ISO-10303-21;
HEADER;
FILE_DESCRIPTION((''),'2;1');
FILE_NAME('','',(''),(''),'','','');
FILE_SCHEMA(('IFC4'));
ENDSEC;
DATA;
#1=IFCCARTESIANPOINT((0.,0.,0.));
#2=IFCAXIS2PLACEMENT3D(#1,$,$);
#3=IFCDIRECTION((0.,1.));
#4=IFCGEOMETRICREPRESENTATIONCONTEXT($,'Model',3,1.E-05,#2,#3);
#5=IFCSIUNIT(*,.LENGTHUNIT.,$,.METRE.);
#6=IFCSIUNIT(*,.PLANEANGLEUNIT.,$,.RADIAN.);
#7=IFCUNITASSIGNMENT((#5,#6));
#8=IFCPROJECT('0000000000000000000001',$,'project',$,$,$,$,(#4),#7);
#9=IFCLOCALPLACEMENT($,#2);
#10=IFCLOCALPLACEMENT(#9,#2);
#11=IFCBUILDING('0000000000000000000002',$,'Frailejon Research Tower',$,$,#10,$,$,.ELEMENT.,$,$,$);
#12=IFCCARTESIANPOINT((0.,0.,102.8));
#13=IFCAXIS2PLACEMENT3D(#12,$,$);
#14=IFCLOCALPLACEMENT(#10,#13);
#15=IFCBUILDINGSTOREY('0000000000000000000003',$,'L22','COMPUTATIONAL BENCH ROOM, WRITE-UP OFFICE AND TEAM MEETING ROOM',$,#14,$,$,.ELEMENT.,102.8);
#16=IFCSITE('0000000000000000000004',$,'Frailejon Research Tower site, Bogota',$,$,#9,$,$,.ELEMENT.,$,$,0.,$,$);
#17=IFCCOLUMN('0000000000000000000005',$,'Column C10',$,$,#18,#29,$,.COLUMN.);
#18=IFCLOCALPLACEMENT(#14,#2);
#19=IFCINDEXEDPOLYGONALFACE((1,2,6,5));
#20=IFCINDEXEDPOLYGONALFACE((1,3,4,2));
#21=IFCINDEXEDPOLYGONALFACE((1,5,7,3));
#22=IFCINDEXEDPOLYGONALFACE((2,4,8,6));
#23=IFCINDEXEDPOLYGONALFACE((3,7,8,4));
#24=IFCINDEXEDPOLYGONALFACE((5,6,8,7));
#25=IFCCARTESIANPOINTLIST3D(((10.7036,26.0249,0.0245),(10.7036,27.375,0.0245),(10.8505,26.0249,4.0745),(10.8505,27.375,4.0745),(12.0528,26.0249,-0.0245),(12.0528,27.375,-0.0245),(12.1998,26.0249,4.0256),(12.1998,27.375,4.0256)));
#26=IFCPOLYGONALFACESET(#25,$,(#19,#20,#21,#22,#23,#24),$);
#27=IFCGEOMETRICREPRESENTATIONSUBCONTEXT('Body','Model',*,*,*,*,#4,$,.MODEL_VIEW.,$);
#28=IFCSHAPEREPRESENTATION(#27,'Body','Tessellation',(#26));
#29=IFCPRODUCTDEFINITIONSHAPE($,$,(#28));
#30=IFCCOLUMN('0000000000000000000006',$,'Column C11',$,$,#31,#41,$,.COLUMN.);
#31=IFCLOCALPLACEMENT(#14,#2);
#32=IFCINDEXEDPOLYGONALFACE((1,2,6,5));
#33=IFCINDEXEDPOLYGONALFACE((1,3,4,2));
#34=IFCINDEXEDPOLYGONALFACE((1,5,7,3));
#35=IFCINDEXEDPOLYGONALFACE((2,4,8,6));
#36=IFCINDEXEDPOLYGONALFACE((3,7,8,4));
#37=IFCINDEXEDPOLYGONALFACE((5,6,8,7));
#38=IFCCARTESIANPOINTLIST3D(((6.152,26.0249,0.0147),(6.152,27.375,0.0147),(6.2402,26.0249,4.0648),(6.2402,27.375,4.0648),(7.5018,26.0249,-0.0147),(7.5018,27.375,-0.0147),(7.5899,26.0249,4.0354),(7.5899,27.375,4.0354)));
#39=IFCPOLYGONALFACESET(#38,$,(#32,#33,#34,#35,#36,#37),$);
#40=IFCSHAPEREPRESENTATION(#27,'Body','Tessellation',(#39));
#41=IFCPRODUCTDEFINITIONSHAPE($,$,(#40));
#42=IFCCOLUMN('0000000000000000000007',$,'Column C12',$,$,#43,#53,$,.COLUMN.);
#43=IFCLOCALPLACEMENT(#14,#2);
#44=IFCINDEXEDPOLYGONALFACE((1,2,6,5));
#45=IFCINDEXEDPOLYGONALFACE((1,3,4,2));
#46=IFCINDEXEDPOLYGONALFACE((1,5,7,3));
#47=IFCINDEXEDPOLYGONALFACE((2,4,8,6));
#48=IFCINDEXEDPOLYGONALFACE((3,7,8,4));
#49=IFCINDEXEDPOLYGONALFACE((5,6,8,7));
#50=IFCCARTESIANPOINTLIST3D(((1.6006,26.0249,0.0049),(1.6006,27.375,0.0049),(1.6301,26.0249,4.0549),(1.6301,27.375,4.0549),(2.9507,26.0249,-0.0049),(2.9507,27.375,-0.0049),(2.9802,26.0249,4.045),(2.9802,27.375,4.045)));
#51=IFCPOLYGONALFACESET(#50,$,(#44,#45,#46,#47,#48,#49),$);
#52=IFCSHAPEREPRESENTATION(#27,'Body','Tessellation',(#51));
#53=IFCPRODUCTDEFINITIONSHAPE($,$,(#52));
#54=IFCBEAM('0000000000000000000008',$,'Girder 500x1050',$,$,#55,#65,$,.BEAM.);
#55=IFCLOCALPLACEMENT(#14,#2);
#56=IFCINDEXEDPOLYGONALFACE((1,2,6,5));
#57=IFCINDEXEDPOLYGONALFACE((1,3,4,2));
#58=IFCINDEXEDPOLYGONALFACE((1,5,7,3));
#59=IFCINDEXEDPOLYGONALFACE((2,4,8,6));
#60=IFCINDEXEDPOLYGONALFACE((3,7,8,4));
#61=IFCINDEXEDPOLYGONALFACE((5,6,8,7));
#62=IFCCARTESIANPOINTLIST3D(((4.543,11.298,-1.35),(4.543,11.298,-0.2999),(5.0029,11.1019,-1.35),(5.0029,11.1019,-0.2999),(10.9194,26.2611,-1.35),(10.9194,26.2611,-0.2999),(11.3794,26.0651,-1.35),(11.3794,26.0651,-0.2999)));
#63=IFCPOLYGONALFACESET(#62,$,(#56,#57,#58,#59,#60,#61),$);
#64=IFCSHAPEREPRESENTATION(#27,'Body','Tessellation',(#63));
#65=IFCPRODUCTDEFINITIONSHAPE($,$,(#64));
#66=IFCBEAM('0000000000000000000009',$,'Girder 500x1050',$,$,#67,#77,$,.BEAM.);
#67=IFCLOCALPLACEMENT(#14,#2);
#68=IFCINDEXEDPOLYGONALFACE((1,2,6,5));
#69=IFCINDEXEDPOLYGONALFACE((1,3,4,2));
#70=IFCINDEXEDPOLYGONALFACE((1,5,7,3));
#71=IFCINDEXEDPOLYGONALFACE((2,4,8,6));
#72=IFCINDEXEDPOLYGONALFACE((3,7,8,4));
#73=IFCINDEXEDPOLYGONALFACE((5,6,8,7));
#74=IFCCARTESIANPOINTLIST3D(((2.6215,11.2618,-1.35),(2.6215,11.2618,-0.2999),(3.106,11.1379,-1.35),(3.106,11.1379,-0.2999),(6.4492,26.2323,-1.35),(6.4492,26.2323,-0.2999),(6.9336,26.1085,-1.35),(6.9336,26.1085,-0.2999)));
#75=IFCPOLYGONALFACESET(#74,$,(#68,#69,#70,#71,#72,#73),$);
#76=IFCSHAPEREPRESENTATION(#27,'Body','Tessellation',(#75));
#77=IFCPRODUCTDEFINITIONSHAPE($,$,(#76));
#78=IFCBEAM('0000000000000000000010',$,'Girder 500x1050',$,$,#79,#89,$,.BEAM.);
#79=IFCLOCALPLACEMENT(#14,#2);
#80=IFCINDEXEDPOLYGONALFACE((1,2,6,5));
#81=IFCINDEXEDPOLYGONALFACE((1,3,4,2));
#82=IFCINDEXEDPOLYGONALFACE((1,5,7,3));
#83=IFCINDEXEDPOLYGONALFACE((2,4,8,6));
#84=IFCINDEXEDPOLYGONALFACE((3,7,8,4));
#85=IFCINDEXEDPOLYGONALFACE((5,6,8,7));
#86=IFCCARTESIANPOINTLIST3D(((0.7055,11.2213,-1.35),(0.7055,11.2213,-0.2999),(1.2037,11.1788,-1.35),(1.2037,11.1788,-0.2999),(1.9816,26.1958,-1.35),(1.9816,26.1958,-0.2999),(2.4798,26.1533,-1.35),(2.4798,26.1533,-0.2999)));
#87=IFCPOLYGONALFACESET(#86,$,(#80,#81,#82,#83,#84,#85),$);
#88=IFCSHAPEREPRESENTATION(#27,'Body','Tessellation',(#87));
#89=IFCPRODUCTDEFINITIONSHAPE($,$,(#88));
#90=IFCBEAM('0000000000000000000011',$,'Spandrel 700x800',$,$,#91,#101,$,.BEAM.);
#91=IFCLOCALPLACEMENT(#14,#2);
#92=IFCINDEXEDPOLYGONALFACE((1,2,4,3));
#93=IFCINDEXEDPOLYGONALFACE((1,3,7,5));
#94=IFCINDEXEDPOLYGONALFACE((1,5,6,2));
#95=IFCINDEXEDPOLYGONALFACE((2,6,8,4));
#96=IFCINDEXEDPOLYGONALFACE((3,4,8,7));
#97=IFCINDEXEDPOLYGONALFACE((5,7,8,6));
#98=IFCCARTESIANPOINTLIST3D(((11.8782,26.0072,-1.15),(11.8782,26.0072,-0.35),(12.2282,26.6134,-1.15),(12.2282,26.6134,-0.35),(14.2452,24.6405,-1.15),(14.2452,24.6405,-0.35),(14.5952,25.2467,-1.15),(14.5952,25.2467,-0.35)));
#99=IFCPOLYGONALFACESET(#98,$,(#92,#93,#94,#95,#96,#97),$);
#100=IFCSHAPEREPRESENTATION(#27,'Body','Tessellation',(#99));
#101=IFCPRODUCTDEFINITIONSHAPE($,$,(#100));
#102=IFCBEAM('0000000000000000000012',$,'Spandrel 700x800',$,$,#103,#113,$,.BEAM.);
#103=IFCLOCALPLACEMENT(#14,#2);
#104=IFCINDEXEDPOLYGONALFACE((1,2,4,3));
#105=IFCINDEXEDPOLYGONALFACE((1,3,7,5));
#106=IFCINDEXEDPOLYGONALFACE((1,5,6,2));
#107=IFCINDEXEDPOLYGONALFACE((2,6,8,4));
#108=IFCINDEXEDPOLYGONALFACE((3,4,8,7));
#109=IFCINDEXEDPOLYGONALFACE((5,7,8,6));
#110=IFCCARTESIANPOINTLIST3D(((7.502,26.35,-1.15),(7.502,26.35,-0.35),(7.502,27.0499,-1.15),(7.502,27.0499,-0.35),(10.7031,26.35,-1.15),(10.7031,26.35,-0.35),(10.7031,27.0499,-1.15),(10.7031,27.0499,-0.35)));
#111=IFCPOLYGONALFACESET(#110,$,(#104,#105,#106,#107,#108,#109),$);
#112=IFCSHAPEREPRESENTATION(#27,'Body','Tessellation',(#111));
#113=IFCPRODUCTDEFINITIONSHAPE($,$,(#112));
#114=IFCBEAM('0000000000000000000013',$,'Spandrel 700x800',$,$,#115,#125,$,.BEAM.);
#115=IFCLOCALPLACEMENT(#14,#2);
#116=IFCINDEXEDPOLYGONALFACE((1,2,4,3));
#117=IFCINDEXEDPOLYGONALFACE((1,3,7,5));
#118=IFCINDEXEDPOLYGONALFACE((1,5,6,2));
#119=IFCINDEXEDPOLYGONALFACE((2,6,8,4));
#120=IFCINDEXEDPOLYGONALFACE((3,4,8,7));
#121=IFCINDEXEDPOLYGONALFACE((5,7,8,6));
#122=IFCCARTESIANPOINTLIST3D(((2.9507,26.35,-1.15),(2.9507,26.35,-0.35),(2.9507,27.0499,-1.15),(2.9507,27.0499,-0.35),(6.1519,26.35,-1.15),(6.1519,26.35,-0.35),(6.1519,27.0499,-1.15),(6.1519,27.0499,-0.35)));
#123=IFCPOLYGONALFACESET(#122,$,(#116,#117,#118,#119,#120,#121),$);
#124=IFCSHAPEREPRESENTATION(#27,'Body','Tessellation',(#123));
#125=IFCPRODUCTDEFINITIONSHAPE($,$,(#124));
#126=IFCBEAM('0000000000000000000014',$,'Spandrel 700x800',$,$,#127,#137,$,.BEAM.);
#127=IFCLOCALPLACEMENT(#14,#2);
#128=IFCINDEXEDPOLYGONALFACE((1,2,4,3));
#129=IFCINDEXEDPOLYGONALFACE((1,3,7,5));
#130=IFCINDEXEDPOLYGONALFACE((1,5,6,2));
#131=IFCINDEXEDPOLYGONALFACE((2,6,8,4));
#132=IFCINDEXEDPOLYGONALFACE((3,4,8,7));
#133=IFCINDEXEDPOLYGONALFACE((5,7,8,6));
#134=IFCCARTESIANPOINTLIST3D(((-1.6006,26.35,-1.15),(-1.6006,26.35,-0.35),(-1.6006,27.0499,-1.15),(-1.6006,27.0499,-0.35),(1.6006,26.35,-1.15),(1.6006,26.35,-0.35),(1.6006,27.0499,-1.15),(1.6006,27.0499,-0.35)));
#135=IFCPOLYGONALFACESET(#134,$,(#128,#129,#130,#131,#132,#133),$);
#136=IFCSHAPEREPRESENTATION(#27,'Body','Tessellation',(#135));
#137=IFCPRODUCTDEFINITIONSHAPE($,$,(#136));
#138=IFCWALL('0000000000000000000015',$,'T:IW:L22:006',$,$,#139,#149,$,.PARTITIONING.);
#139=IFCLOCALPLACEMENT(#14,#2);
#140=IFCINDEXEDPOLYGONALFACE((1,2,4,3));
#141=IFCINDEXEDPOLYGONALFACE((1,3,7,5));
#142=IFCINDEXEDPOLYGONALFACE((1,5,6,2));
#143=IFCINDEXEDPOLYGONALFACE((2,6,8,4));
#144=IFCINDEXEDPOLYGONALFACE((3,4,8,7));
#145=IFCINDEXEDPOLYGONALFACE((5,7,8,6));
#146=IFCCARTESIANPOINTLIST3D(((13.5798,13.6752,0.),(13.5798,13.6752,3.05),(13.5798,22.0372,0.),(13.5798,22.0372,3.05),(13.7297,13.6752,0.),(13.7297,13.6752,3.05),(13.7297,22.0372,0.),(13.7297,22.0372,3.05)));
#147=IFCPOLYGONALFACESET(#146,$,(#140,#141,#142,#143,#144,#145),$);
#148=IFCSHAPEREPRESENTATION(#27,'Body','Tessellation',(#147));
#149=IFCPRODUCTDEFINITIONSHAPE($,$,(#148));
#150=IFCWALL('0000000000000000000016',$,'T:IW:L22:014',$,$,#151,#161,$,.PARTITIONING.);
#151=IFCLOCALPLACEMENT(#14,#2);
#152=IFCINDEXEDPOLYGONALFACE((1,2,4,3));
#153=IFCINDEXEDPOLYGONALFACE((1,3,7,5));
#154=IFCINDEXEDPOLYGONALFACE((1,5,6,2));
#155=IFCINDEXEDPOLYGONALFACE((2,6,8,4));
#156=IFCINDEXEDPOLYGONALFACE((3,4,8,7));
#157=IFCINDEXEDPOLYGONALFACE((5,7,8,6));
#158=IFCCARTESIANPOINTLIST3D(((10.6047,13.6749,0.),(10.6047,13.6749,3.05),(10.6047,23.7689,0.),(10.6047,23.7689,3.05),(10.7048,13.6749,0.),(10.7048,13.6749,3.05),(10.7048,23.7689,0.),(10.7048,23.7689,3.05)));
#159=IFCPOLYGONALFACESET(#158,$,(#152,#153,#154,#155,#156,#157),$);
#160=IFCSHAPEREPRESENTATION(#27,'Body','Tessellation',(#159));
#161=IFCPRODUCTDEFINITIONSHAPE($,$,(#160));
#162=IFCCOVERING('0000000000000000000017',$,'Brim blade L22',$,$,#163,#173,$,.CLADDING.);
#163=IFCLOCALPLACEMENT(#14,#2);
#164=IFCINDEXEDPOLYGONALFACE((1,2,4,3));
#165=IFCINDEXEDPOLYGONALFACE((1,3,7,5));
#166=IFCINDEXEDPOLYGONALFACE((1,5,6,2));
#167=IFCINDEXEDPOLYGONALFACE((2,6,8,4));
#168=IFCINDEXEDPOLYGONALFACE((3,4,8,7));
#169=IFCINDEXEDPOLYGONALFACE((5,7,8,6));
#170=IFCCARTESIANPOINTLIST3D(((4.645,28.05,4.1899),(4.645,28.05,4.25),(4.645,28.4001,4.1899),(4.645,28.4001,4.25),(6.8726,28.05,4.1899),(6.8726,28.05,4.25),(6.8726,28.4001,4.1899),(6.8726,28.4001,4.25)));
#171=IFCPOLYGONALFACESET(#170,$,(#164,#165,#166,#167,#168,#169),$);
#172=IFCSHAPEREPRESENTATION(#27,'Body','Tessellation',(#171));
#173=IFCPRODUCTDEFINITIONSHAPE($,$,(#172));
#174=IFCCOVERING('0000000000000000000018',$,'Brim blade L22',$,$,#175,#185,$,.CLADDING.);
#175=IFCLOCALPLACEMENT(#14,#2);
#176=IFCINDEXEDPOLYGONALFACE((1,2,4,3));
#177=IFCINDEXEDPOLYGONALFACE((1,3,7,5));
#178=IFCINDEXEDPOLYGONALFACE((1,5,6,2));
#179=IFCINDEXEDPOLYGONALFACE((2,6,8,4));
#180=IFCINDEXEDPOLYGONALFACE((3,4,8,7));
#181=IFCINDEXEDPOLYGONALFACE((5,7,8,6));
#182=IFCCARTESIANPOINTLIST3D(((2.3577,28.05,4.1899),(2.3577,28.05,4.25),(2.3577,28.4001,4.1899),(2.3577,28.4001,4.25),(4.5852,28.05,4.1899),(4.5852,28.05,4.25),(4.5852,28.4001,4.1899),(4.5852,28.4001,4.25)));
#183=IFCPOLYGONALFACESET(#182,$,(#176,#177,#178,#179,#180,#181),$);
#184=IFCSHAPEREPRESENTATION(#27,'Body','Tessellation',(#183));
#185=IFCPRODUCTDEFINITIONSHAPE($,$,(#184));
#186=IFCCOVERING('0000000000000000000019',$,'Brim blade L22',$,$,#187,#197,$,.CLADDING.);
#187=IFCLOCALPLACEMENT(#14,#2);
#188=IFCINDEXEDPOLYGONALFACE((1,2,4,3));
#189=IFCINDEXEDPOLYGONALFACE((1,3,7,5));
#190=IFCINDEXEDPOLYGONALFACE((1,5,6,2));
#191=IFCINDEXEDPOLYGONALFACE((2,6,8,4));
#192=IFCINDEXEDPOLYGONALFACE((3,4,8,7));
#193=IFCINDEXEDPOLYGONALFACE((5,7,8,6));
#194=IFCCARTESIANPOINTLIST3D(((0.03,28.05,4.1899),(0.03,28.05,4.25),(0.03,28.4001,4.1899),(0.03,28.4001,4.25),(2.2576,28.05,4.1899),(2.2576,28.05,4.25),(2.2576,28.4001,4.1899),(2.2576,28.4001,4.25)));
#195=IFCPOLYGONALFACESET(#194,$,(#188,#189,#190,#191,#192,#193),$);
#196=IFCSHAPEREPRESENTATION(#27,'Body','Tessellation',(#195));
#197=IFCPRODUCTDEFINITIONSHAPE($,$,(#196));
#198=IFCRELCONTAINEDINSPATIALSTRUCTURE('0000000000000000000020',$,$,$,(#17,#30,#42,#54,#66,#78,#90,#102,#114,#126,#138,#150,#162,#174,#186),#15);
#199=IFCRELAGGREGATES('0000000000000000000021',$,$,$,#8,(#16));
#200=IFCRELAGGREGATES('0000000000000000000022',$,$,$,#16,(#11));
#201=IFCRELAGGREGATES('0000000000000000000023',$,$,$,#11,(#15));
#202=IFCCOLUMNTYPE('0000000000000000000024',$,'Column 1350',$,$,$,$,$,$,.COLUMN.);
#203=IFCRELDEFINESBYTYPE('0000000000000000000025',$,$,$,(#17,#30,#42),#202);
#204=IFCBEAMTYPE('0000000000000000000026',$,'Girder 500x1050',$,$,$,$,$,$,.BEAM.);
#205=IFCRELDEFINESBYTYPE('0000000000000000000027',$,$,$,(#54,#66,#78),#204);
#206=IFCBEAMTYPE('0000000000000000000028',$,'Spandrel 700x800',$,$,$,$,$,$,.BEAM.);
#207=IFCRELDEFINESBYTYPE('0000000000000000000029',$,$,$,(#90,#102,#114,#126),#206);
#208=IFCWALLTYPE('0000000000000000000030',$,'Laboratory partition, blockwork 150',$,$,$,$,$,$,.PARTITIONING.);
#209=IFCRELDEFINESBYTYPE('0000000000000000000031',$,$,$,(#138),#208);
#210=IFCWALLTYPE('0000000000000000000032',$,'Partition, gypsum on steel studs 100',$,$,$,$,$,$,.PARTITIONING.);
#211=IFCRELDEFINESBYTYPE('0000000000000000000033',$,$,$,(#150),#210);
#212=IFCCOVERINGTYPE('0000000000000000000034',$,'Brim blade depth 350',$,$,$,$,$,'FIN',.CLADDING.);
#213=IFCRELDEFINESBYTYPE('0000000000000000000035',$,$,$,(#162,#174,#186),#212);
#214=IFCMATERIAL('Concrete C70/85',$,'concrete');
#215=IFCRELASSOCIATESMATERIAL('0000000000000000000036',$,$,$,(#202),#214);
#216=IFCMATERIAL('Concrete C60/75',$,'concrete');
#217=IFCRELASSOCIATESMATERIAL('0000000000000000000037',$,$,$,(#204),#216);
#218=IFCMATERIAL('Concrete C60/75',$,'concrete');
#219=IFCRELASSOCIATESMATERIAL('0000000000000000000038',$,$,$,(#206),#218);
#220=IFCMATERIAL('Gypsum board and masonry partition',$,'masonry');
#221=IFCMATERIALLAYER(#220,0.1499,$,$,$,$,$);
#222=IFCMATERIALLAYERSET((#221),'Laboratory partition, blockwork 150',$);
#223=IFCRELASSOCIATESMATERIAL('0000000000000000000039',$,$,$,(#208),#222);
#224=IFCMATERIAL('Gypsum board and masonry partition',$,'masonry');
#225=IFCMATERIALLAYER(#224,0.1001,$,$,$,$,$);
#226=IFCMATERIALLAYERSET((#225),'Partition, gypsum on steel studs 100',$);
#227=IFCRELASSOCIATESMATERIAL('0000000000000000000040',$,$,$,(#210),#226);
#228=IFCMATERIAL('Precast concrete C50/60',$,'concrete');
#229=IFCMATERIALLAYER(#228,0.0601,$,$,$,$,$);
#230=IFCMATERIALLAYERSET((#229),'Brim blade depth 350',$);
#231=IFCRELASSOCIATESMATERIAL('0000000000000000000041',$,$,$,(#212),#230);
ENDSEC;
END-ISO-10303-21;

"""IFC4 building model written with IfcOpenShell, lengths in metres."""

from ifc_helpers import new_model, si_unit, direction, frame, frame_2d, origin, origin_2d, place, context, subcontext, project, spatial, polyline, rectangle, outline, extrude, material, layer, layer_set, material_profile, profile_set, type_object, element, save


model = new_model("IFC4")

# Units and contexts
model_context = context("Model", 3, precision=1e-05, world=origin(), true_north=direction((0.0, 1.0)))
body_context = subcontext(model_context, "Body", "Model", "MODEL_VIEW")
ifc_project = project(units=[si_unit("LENGTHUNIT", "METRE"), si_unit("PLANEANGLEUNIT", "RADIAN")], contexts=[model_context])

# Site, building, storey
site_placement = place(None, origin())
site = spatial("IfcSite", under=ifc_project, at=site_placement, Name="Frailejon Research Tower site, Bogota", CompositionType="ELEMENT", RefElevation=0.0)
building_placement = place(site_placement, origin())
building = spatial("IfcBuilding", under=site, at=building_placement, Name="Frailejon Research Tower", CompositionType="ELEMENT")
storey_placement = place(building_placement, frame((0.0, 0.0, 102.8)))
storey = spatial("IfcBuildingStorey", under=building, at=storey_placement, Name="L22", Description="COMPUTATIONAL BENCH ROOM, WRITE-UP OFFICE AND TEAM MEETING ROOM", CompositionType="ELEMENT", Elevation=102.8)

# Columns
ifc_material_1 = material(Name="Concrete C70/85", Category="concrete")
ifc_material_profile_1 = material_profile(ifc_material_1, rectangle(XDim=1.3501, YDim=1.3501, at=origin_2d()), Name="Column 1350")
ifc_profile_set_1 = profile_set([ifc_material_profile_1], Name="Concrete C70/85")
column_type = type_object("IfcColumnType", Name="Column 1350", PredefinedType="COLUMN", material=ifc_profile_set_1)
column_1_placement = place(storey_placement, frame((11.3782, 26.7, 0.0), z_axis=(0.036265, 0.0, 0.999342), x_axis=(-0.999342, 0.0, 0.036265)))
element("IfcColumn", 1, at=column_1_placement, inside=storey, type_object=column_type, Name="Column C10", PredefinedType="COLUMN", context=body_context, shape_type="SweptSolid", body=[
    extrude(rectangle(XDim=1.3501, YDim=1.3501, at=origin_2d()), origin(), (0.0, 0.0, 1.0), 4.0527),
])
column_2_placement = place(storey_placement, frame((6.8269, 26.7, 0.0), z_axis=(0.021756, 0.0, 0.999763), x_axis=(-0.999763, 0.0, 0.021756)))
element("IfcColumn", 2, at=column_2_placement, inside=storey, type_object=column_type, Name="Column C11", PredefinedType="COLUMN", context=body_context, shape_type="SweptSolid", body=[
    extrude(rectangle(XDim=1.3501, YDim=1.3501, at=origin_2d()), origin(), (0.0, 0.0, 1.0), 4.051),
])
column_3_placement = place(storey_placement, frame((2.2756, 26.7, 0.0), z_axis=(0.007294, 0.0, 0.999973), x_axis=(-0.999973, 0.0, 0.007294)))
element("IfcColumn", 3, at=column_3_placement, inside=storey, type_object=column_type, Name="Column C12", PredefinedType="COLUMN", context=body_context, shape_type="SweptSolid", body=[
    extrude(rectangle(XDim=1.3501, YDim=1.3501, at=origin_2d()), origin(), (0.0, 0.0, 1.0), 4.05),
])

# Beams
ifc_material_2 = material(Name="Concrete C60/75", Category="concrete")
ifc_material_profile_2 = material_profile(ifc_material_2, rectangle(XDim=0.5, YDim=1.05, at=origin_2d()), Name="Girder 500x1050")
ifc_profile_set_2 = profile_set([ifc_material_profile_2], Name="Concrete C60/75")
beam_type_1 = type_object("IfcBeamType", Name="Girder 500x1050", PredefinedType="BEAM", material=ifc_profile_set_2)
beam_1_placement = place(storey_placement, frame((11.1494, 26.1631, -0.825), z_axis=(-0.392033, -0.919951, 0.0), x_axis=(0.919951, -0.392033, 0.0)))
element("IfcBeam", 4, at=beam_1_placement, inside=storey, type_object=beam_type_1, Name="Girder 500x1050", PredefinedType="BEAM", context=body_context, shape_type="SweptSolid", body=[
    extrude(rectangle(XDim=0.5, YDim=1.05, at=origin_2d()), origin(), (0.0, 0.0, 1.0), 16.2651),
])
beam_2_placement = place(storey_placement, frame((6.6914, 26.1704, -0.825), z_axis=(-0.247711, -0.968834, 0.0), x_axis=(0.968834, -0.247711, 0.0)))
element("IfcBeam", 5, at=beam_2_placement, inside=storey, type_object=beam_type_1, Name="Girder 500x1050", PredefinedType="BEAM", context=body_context, shape_type="SweptSolid", body=[
    extrude(rectangle(XDim=0.5, YDim=1.05, at=origin_2d()), origin(), (0.0, 0.0, 1.0), 15.4521),
])
beam_3_placement = place(storey_placement, frame((2.2307, 26.1746, -0.825), z_axis=(-0.084911, -0.996389, 0.0), x_axis=(0.996389, -0.084911, 0.0)))
element("IfcBeam", 6, at=beam_3_placement, inside=storey, type_object=beam_type_1, Name="Girder 500x1050", PredefinedType="BEAM", context=body_context, shape_type="SweptSolid", body=[
    extrude(rectangle(XDim=0.5, YDim=1.05, at=origin_2d()), origin(), (0.0, 0.0, 1.0), 15.0288),
])
ifc_material_3 = material(Name="Concrete C60/75", Category="concrete")
ifc_material_profile_3 = material_profile(ifc_material_3, rectangle(XDim=0.7, YDim=0.8, at=origin_2d()), Name="Spandrel 700x800")
ifc_profile_set_3 = profile_set([ifc_material_profile_3], Name="Concrete C60/75")
beam_type_2 = type_object("IfcBeamType", Name="Spandrel 700x800", PredefinedType="BEAM", material=ifc_profile_set_3)
beam_4_placement = place(storey_placement, frame((14.4202, 24.9436, -0.75), z_axis=(-0.866003, 0.500039, 0.0), x_axis=(-0.500039, -0.866003, 0.0)))
element("IfcBeam", 7, at=beam_4_placement, inside=storey, type_object=beam_type_2, Name="Spandrel 700x800", PredefinedType="BEAM", context=body_context, shape_type="SweptSolid", body=[
    extrude(rectangle(XDim=0.7, YDim=0.8, at=origin_2d()), origin(), (0.0, 0.0, 1.0), 2.7332),
])
for number, where, z_axis, x_axis, name in (
    (8, (10.7031, 26.7, -0.75), (-1.0, 0.0, 0.0), (0.0, -1.0, 0.0), "Spandrel 700x800"),
    (9, (6.1519, 26.7, -0.75), (-1.0, 0.0, 0.0), (0.0, -1.0, 0.0), "Spandrel 700x800"),
    (10, (1.6006, 26.7, -0.75), (-1.0, 0.0, 0.0), (0.0, -1.0, 0.0), "Spandrel 700x800"),
):
    element("IfcBeam", number, at=place(storey_placement, frame(where, z_axis=z_axis, x_axis=x_axis)), inside=storey, type_object=beam_type_2, Name=name, PredefinedType="BEAM", context=body_context, shape_type="SweptSolid", body=[
        extrude(rectangle(XDim=0.7, YDim=0.8, at=origin_2d()), origin(), (0.0, 0.0, 1.0), 3.2012),
    ])

# Walls
ifc_material_4 = material(Name="Gypsum board and masonry partition", Category="masonry")
ifc_layer_1 = layer(ifc_material_4, 0.1499)
ifc_layer_set_1 = layer_set([ifc_layer_1], Name="Laboratory partition, blockwork 150")
wall_type_1 = type_object("IfcWallType", Name="Laboratory partition, blockwork 150", PredefinedType="PARTITIONING", material=ifc_layer_set_1)
wall_1_placement = place(storey_placement, frame((13.6548, 13.675, 0.0), z_axis=(0.0, 0.0, 1.0), x_axis=(0.0, 1.0, 0.0)))
element("IfcWall", 11, at=wall_1_placement, inside=storey, type_object=wall_type_1, Name="T:IW:L22:006", PredefinedType="PARTITIONING", context=body_context, shape_type="SweptSolid", body=[
    extrude(rectangle(XDim=8.3621, YDim=0.1499, at=frame_2d((4.1812, 0.0))), origin(), (0.0, 0.0, 1.0), 3.05),
])
ifc_material_5 = material(Name="Gypsum board and masonry partition", Category="masonry")
ifc_layer_2 = layer(ifc_material_5, 0.1001)
ifc_layer_set_2 = layer_set([ifc_layer_2], Name="Partition, gypsum on steel studs 100")
wall_type_2 = type_object("IfcWallType", Name="Partition, gypsum on steel studs 100", PredefinedType="PARTITIONING", material=ifc_layer_set_2)
wall_2_placement = place(storey_placement, frame((10.6548, 13.675, 0.0), z_axis=(0.0, 0.0, 1.0), x_axis=(0.0, 1.0, 0.0)))
element("IfcWall", 12, at=wall_2_placement, inside=storey, type_object=wall_type_2, Name="T:IW:L22:014", PredefinedType="PARTITIONING", context=body_context, shape_type="SweptSolid", body=[
    extrude(rectangle(XDim=10.094, YDim=0.1001, at=frame_2d((5.0469, 0.0))), origin(), (0.0, 0.0, 1.0), 3.05),
])

# Coverings
ifc_material_6 = material(Name="Precast concrete C50/60", Category="concrete")
ifc_layer_3 = layer(ifc_material_6, 0.0601)
ifc_layer_set_3 = layer_set([ifc_layer_3], Name="Brim blade depth 350")
covering_type_1 = type_object("IfcCoveringType", Name="Brim blade depth 350", ElementType="FIN", PredefinedType="CLADDING", material=ifc_layer_set_3)
for number, where, z_axis, x_axis, name in (
    (13, (4.645, 28.05, 4.25), (1.0, 0.0, 0.0), (0.0, 1.0, 0.0), "Brim blade L22"),
    (14, (2.3577, 28.05, 4.25), (1.0, 0.0, 0.0), (0.0, 1.0, 0.0), "Brim blade L22"),
    (15, (0.03, 28.05, 4.25), (1.0, 0.0, 0.0), (0.0, 1.0, 0.0), "Brim blade L22"),
):
    element("IfcCovering", number, at=place(storey_placement, frame(where, z_axis=z_axis, x_axis=x_axis)), inside=storey, type_object=covering_type_1, Name=name, PredefinedType="CLADDING", context=body_context, shape_type="SweptSolid", body=[
        extrude(outline(polyline([(0.0, -0.0601), (0.3501, -0.0601), (0.3501, 0.0), (0.0, 0.0), (0.0, -0.0601)])), origin(), (0.0, 0.0, 1.0), 2.2275),
    ])

save(model, "model.ifc")
